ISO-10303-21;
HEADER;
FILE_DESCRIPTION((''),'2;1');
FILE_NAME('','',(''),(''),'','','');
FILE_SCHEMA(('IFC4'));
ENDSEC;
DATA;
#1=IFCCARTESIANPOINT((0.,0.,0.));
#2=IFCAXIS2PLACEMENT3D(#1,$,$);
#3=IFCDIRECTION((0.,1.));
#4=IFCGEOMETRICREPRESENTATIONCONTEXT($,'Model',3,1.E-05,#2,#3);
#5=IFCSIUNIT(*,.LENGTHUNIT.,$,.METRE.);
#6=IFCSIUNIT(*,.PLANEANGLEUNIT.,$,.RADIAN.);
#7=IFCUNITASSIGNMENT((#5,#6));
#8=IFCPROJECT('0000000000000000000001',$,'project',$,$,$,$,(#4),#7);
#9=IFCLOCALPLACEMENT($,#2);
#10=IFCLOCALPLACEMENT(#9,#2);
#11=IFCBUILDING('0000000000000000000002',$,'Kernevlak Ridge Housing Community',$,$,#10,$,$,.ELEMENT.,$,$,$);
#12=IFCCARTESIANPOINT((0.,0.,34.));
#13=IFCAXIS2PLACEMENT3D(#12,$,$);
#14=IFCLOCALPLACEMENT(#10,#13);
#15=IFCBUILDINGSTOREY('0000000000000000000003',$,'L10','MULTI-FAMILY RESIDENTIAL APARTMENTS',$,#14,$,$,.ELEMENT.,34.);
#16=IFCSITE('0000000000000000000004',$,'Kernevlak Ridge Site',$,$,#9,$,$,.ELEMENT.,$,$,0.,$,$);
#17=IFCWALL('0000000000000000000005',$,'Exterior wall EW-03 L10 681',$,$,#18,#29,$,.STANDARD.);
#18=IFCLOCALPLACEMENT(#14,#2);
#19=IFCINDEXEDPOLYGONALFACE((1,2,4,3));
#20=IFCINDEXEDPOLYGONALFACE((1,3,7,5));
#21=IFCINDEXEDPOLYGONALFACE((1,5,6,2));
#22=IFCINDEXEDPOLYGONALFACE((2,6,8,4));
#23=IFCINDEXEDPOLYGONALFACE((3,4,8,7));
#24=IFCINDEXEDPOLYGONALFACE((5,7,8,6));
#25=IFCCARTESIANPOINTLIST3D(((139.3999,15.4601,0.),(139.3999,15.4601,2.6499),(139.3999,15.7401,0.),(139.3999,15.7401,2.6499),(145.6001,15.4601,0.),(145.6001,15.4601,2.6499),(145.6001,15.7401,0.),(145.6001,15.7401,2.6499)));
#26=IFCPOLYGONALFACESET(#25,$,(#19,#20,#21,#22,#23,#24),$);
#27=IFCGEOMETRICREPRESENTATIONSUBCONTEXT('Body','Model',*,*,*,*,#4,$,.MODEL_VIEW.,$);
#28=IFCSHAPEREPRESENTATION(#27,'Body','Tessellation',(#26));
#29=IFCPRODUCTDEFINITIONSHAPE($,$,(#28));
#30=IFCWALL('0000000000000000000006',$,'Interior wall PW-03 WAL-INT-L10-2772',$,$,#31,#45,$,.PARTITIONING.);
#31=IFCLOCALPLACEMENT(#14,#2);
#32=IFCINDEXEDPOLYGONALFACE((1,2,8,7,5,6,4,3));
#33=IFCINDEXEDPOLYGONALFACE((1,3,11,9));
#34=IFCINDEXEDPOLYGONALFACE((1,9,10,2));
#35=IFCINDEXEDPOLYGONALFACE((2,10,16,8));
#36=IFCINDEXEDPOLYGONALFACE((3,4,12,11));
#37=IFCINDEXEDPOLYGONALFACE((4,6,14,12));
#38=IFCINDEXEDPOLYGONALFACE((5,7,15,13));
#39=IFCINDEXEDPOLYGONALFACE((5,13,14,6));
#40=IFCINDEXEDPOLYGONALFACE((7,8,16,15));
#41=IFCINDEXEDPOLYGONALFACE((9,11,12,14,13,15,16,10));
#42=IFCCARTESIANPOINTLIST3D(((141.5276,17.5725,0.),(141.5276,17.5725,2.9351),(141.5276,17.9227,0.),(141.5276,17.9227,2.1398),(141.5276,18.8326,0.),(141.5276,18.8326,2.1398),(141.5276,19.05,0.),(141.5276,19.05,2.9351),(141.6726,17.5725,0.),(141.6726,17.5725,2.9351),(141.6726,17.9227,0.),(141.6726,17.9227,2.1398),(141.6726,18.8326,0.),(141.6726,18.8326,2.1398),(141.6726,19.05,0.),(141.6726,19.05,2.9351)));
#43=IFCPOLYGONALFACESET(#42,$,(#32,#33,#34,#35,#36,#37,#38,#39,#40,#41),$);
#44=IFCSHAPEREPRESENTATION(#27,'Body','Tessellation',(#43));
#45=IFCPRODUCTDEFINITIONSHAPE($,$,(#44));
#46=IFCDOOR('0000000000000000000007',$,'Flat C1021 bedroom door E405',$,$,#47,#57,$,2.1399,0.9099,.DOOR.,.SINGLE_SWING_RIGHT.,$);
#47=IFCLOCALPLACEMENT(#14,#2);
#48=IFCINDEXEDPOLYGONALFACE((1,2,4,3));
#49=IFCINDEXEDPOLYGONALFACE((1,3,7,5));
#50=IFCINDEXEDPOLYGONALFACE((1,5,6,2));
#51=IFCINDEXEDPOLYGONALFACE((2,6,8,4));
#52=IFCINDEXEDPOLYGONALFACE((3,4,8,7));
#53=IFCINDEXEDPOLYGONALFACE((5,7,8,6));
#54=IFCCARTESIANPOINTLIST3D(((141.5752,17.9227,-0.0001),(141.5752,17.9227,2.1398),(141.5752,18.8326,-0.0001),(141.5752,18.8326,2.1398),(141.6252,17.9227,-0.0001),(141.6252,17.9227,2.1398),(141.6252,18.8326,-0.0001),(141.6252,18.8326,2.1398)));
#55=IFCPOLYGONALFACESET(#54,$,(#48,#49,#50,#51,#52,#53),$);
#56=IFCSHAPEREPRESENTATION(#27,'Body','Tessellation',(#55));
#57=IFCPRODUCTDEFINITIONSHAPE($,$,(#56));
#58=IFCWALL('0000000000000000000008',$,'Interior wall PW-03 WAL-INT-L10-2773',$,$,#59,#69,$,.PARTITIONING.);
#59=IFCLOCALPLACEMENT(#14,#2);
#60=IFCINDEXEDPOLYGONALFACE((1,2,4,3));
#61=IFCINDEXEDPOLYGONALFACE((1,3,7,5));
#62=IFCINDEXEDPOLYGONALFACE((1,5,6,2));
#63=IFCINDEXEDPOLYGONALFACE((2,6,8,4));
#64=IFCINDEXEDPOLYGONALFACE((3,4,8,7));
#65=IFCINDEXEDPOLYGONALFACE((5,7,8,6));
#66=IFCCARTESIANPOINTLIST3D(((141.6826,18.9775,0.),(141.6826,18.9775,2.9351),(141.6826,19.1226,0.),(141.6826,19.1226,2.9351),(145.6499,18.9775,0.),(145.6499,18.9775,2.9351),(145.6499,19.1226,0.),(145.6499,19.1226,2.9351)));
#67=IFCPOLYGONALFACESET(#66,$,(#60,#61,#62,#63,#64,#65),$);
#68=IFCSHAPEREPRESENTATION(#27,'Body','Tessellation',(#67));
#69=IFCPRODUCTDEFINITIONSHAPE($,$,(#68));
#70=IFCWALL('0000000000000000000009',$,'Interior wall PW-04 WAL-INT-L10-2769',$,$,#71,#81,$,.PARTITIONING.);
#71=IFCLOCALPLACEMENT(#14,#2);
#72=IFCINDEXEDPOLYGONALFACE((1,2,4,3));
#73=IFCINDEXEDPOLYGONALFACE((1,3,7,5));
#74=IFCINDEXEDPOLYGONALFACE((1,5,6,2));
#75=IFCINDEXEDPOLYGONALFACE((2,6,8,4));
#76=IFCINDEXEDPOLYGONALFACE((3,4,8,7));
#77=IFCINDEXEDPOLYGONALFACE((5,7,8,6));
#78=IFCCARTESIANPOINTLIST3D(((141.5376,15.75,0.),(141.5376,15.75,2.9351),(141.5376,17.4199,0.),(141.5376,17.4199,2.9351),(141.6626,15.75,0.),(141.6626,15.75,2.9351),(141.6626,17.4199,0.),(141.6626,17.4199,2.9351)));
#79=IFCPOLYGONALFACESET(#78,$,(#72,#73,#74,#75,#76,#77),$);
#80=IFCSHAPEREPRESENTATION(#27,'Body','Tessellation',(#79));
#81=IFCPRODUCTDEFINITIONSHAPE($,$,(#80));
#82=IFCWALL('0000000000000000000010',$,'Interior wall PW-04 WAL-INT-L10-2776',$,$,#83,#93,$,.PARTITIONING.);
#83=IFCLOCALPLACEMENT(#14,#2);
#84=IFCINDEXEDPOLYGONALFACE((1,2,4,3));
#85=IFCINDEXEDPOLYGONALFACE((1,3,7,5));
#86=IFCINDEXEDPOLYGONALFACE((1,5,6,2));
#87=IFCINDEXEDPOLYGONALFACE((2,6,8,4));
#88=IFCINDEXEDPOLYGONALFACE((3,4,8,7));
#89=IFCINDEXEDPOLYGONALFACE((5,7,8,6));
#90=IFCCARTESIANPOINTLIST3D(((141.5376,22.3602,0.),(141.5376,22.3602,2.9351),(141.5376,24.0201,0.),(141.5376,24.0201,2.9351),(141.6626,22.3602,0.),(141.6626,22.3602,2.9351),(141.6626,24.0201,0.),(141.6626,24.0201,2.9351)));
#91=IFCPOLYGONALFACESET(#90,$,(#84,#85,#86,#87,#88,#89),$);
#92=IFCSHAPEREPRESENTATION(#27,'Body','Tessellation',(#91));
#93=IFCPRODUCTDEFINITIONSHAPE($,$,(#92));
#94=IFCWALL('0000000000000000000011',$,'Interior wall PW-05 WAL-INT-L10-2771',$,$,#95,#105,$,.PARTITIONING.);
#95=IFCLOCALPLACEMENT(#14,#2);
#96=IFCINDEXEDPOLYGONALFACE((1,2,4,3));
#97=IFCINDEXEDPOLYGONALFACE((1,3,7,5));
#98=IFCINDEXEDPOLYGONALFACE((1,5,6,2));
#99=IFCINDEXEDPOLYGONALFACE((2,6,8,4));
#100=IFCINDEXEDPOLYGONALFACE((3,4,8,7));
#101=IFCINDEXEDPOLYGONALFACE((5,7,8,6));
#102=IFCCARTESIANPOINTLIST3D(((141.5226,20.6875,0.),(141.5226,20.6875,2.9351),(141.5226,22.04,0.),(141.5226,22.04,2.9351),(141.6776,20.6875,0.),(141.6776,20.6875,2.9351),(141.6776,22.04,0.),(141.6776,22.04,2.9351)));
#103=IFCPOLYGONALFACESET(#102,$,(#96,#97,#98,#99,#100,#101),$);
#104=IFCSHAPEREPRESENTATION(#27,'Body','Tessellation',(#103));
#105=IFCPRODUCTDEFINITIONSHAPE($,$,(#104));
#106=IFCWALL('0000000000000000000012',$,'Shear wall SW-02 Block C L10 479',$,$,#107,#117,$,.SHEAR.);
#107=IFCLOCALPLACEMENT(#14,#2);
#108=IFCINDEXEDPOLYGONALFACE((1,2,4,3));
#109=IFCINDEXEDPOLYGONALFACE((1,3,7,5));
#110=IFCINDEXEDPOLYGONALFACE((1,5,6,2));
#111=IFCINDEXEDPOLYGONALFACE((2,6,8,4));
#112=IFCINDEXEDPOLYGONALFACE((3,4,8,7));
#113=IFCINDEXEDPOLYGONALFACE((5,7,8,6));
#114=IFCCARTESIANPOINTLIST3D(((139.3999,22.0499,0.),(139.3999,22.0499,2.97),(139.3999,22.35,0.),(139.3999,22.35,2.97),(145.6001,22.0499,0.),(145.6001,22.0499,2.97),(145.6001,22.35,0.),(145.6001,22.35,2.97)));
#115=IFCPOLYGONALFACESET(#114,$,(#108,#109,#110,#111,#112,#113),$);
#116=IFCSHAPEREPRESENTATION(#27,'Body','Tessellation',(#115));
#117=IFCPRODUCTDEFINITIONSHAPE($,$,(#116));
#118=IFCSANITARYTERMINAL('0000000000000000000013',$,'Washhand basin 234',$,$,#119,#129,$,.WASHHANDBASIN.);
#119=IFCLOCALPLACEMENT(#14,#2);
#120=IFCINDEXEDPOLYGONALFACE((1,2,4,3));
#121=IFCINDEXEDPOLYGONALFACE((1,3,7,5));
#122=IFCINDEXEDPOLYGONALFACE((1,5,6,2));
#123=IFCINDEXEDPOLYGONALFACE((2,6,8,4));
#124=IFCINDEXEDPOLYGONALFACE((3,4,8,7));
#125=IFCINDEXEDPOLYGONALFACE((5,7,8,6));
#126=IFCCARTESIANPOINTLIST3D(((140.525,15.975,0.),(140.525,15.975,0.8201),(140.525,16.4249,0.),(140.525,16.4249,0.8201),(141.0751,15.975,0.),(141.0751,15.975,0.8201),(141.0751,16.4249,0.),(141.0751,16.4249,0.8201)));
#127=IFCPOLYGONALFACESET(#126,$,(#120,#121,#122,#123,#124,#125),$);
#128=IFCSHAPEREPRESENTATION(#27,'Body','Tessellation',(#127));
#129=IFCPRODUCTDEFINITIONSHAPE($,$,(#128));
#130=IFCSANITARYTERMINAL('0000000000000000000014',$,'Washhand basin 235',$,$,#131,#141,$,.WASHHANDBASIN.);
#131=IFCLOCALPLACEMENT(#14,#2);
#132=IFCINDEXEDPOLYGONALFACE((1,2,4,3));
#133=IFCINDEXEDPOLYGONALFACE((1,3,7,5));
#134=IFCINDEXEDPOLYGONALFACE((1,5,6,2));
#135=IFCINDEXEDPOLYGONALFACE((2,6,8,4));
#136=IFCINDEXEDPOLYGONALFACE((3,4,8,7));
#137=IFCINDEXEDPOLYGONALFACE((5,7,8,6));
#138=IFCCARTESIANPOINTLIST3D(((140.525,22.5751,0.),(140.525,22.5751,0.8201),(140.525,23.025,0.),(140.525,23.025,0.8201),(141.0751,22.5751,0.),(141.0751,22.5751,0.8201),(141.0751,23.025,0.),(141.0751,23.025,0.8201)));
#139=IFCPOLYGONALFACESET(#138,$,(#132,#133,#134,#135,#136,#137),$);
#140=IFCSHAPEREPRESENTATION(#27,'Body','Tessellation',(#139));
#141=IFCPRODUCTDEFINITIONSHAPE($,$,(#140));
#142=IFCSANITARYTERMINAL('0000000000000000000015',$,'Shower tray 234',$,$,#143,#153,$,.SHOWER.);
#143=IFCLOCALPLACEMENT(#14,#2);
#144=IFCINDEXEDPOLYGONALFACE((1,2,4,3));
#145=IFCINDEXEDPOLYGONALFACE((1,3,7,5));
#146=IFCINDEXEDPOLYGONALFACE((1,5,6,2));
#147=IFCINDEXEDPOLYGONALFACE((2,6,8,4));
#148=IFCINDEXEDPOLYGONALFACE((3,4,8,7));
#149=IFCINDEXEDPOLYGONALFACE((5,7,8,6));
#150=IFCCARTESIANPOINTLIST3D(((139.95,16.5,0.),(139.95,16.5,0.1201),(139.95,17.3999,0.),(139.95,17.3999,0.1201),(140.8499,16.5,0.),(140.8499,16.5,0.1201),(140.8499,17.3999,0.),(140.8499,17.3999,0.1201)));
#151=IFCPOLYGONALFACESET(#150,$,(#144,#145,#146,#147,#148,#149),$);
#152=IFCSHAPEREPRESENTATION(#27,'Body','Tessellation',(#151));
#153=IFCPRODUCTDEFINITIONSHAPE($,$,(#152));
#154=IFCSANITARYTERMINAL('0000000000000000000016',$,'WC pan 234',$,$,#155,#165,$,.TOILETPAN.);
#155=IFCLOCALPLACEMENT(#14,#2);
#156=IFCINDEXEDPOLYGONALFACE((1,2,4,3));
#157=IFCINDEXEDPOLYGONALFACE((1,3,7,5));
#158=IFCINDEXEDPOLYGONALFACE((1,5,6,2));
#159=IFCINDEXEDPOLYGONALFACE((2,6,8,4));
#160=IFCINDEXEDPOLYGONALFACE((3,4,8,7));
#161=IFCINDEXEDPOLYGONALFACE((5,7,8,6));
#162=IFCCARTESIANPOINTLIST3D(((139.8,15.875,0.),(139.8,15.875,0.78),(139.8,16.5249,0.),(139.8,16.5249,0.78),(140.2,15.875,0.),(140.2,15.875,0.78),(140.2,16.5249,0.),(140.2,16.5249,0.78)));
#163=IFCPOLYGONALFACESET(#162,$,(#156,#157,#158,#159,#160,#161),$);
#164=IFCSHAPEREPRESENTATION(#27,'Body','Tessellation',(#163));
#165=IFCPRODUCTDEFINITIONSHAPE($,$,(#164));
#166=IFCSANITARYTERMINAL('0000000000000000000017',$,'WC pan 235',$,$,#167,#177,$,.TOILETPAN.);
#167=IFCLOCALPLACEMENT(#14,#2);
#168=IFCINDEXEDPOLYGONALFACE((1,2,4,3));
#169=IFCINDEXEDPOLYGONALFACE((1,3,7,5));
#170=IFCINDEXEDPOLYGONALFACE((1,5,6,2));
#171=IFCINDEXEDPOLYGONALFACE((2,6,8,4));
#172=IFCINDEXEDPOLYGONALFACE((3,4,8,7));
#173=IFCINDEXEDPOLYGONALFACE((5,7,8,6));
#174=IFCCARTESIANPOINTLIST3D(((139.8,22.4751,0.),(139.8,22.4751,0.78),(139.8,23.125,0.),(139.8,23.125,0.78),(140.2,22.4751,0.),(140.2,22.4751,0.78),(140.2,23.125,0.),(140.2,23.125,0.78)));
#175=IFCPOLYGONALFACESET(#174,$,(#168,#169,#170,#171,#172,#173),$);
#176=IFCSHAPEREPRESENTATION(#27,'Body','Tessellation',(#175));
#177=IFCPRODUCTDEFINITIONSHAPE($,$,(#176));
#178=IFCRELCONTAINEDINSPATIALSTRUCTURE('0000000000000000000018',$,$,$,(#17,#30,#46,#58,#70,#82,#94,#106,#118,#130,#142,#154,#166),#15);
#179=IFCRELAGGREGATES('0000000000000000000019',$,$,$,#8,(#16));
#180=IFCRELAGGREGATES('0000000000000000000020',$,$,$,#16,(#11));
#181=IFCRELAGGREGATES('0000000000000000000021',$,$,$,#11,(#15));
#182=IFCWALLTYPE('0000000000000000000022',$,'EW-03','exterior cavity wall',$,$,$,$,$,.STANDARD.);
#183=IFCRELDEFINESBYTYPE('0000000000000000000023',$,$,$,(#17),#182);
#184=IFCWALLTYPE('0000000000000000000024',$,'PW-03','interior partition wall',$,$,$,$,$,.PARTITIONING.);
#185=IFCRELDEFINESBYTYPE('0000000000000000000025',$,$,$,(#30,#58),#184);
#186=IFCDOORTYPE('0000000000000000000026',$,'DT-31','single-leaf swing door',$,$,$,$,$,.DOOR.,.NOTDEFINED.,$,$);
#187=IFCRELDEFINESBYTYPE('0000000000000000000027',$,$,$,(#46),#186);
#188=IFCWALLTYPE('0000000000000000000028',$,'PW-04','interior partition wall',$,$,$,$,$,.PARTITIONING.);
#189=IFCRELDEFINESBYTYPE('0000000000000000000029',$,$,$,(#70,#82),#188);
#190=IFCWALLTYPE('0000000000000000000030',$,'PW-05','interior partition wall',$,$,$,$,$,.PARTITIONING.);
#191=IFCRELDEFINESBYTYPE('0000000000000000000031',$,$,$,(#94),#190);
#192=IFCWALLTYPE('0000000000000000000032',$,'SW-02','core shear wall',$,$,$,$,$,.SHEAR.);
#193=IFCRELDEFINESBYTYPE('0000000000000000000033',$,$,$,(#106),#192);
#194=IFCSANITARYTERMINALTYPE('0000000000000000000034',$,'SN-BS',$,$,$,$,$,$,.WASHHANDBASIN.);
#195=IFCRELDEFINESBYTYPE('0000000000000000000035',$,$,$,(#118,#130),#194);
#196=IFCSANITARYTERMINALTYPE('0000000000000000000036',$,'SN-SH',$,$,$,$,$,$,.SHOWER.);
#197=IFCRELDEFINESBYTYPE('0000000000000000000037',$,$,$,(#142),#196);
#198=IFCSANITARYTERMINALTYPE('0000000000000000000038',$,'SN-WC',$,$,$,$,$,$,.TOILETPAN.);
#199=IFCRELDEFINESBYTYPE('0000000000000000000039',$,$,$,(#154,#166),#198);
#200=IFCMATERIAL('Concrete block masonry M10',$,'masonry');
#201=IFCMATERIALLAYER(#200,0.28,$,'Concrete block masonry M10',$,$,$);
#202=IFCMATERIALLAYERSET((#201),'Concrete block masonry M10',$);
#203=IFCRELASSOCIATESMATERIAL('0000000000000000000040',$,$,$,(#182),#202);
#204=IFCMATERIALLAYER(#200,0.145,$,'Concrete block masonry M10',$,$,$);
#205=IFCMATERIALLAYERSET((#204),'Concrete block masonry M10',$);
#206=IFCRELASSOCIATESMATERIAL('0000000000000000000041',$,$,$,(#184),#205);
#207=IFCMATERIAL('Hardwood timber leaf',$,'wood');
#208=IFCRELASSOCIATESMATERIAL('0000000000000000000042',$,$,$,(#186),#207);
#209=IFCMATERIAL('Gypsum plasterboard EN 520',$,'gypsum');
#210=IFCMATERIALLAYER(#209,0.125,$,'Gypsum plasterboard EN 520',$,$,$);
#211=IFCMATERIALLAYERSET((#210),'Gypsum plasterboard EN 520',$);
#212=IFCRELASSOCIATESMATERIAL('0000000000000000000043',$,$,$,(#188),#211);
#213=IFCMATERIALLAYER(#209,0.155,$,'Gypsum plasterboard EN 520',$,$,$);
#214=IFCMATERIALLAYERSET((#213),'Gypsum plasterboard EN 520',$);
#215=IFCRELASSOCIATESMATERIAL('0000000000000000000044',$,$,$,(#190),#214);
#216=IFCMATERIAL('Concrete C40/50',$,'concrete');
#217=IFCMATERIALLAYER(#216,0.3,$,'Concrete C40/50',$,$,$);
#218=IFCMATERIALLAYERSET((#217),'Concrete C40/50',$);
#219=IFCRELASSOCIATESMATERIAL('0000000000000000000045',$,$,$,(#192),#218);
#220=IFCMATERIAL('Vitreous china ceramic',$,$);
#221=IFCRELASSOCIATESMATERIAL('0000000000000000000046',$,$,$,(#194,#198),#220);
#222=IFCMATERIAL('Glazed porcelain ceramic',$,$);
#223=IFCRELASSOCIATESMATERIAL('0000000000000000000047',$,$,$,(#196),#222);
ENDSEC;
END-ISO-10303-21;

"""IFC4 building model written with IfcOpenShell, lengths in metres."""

from ifc_helpers import new_model, si_unit, direction, frame, frame_2d, origin, origin_2d, place, context, subcontext, project, spatial, rectangle, extrude, material, layer, layer_set, type_object, element, fill, save


model = new_model("IFC4")

# Units and contexts
model_context = context("Model", 3, precision=1e-05, world=origin(), true_north=direction((0.0, 1.0)))
body_context = subcontext(model_context, "Body", "Model", "MODEL_VIEW")
ifc_project = project(units=[si_unit("LENGTHUNIT", "METRE"), si_unit("PLANEANGLEUNIT", "RADIAN")], contexts=[model_context])

# Site, building, storey
site_placement = place(None, origin())
site = spatial("IfcSite", under=ifc_project, at=site_placement, Name="Kernevlak Ridge Site", CompositionType="ELEMENT", RefElevation=0.0)
building_placement = place(site_placement, origin())
building = spatial("IfcBuilding", under=site, at=building_placement, Name="Kernevlak Ridge Housing Community", CompositionType="ELEMENT")
storey_placement = place(building_placement, frame((0.0, 0.0, 34.0)))
storey = spatial("IfcBuildingStorey", under=building, at=storey_placement, Name="L10", Description="MULTI-FAMILY RESIDENTIAL APARTMENTS", CompositionType="ELEMENT", Elevation=34.0)

# Shared definitions
ifc_material_1 = material(Name="Concrete block masonry M10", Category="masonry")
ifc_layer_1 = layer(ifc_material_1, 0.28, Name="Concrete block masonry M10")
ifc_layer_set_1 = layer_set([ifc_layer_1], Name="Concrete block masonry M10")
wall_type_1 = type_object("IfcWallType", Name="EW-03", Description="exterior cavity wall", PredefinedType="STANDARD", material=ifc_layer_set_1)

# Wall
wall_1_placement = place(storey_placement, frame((139.3999, 15.6001, 0.0), z_axis=(0.0, 0.0, 1.0), x_axis=(1.0, 0.0, 0.0)))
element("IfcWall", 1, at=wall_1_placement, inside=storey, type_object=wall_type_1, Name="Exterior wall EW-03 L10 681", PredefinedType="STANDARD", context=body_context, shape_type="SweptSolid", body=[
    extrude(rectangle(XDim=6.2002, YDim=0.28, at=frame_2d((3.1001, 0.0))), origin(), (0.0, 0.0, 1.0), 2.6499),
])

# Wall, opening, door
ifc_layer_2 = layer(ifc_material_1, 0.145, Name="Concrete block masonry M10")
ifc_layer_set_2 = layer_set([ifc_layer_2], Name="Concrete block masonry M10")
wall_type_2 = type_object("IfcWallType", Name="PW-03", Description="interior partition wall", PredefinedType="PARTITIONING", material=ifc_layer_set_2)
wall_2_placement = place(storey_placement, frame((141.6001, 17.5725, 0.0), z_axis=(0.0, 0.0, 1.0), x_axis=(0.0, 1.0, 0.0)))
wall_2 = element("IfcWall", 2, at=wall_2_placement, inside=storey, type_object=wall_type_2, Name="Interior wall PW-03 WAL-INT-L10-2772", PredefinedType="PARTITIONING", context=body_context, shape_type="SweptSolid", body=[
    extrude(rectangle(XDim=1.4775, YDim=0.145, at=frame_2d((0.7388, 0.0))), origin(), (0.0, 0.0, 1.0), 2.9351),
])
opening_1_placement = place(wall_2_placement, frame((0.3501, 0.0, 0.0)))
opening_1 = element("IfcOpeningElement", 3, at=opening_1_placement, cuts=wall_2, PredefinedType="OPENING", context=body_context, shape_type="SweptSolid", body=[
    extrude(rectangle(XDim=0.9099, YDim=2.1399, at=frame_2d((0.4551, 1.0698))), frame((0.0, 0.0825, 0.0), z_axis=(0.0, -1.0, 0.0), x_axis=(1.0, 0.0, 0.0)), (0.0, 0.0, 1.0), 0.165),
])
ifc_material_2 = material(Name="Hardwood timber leaf", Category="wood")
door_type = type_object("IfcDoorType", Name="DT-31", Description="single-leaf swing door", OperationType="NOTDEFINED", PredefinedType="DOOR", material=ifc_material_2)
door_placement = place(opening_1_placement, origin())
door = element("IfcDoor", 4, at=door_placement, inside=storey, type_object=door_type, Name="Flat C1021 bedroom door E405", OperationType="SINGLE_SWING_RIGHT", OverallHeight=2.1399, OverallWidth=0.9099, PredefinedType="DOOR", context=body_context, shape_type="SweptSolid", body=[
    extrude(rectangle(XDim=0.9099, YDim=2.1399, at=frame_2d((0.4551, 1.0698))), frame((0.0, 0.0249, 0.0), z_axis=(0.0, -1.0, 0.0), x_axis=(1.0, 0.0, 0.0)), (0.0, 0.0, 1.0), 0.05),
])
fill(opening_1, door)

# Walls
wall_3_placement = place(storey_placement, frame((141.6826, 19.05, 0.0), z_axis=(0.0, 0.0, 1.0), x_axis=(1.0, 0.0, 0.0)))
element("IfcWall", 5, at=wall_3_placement, inside=storey, type_object=wall_type_2, Name="Interior wall PW-03 WAL-INT-L10-2773", PredefinedType="PARTITIONING", context=body_context, shape_type="SweptSolid", body=[
    extrude(rectangle(XDim=3.9673, YDim=0.145, at=frame_2d((1.9836, 0.0))), origin(), (0.0, 0.0, 1.0), 2.9351),
])
ifc_material_3 = material(Name="Gypsum plasterboard EN 520", Category="gypsum")
ifc_layer_3 = layer(ifc_material_3, 0.125, Name="Gypsum plasterboard EN 520")
ifc_layer_set_3 = layer_set([ifc_layer_3], Name="Gypsum plasterboard EN 520")
wall_type_3 = type_object("IfcWallType", Name="PW-04", Description="interior partition wall", PredefinedType="PARTITIONING", material=ifc_layer_set_3)
wall_4_placement = place(storey_placement, frame((141.6001, 15.75, 0.0), z_axis=(0.0, 0.0, 1.0), x_axis=(0.0, 1.0, 0.0)))
element("IfcWall", 6, at=wall_4_placement, inside=storey, type_object=wall_type_3, Name="Interior wall PW-04 WAL-INT-L10-2769", PredefinedType="PARTITIONING", context=body_context, shape_type="SweptSolid", body=[
    extrude(rectangle(XDim=1.6699, YDim=0.125, at=frame_2d((0.835, 0.0))), origin(), (0.0, 0.0, 1.0), 2.9351),
])
wall_5_placement = place(storey_placement, frame((141.6001, 22.3601, 0.0), z_axis=(0.0, 0.0, 1.0), x_axis=(0.0, 1.0, 0.0)))
element("IfcWall", 7, at=wall_5_placement, inside=storey, type_object=wall_type_3, Name="Interior wall PW-04 WAL-INT-L10-2776", PredefinedType="PARTITIONING", context=body_context, shape_type="SweptSolid", body=[
    extrude(rectangle(XDim=1.6599, YDim=0.125, at=frame_2d((0.8301, 0.0))), origin(), (0.0, 0.0, 1.0), 2.9351),
])
ifc_layer_4 = layer(ifc_material_3, 0.155, Name="Gypsum plasterboard EN 520")
ifc_layer_set_4 = layer_set([ifc_layer_4], Name="Gypsum plasterboard EN 520")
wall_type_4 = type_object("IfcWallType", Name="PW-05", Description="interior partition wall", PredefinedType="PARTITIONING", material=ifc_layer_set_4)
wall_6_placement = place(storey_placement, frame((141.6001, 20.6875, 0.0), z_axis=(0.0, 0.0, 1.0), x_axis=(0.0, 1.0, 0.0)))
element("IfcWall", 8, at=wall_6_placement, inside=storey, type_object=wall_type_4, Name="Interior wall PW-05 WAL-INT-L10-2771", PredefinedType="PARTITIONING", context=body_context, shape_type="SweptSolid", body=[
    extrude(rectangle(XDim=1.3525, YDim=0.155, at=frame_2d((0.6763, 0.0))), origin(), (0.0, 0.0, 1.0), 2.9351),
])
ifc_material_4 = material(Name="Concrete C40/50", Category="concrete")
ifc_layer_5 = layer(ifc_material_4, 0.3, Name="Concrete C40/50")
ifc_layer_set_5 = layer_set([ifc_layer_5], Name="Concrete C40/50")
wall_type_5 = type_object("IfcWallType", Name="SW-02", Description="core shear wall", PredefinedType="SHEAR", material=ifc_layer_set_5)
wall_7_placement = place(storey_placement, frame((139.3999, 22.2, 0.0), z_axis=(0.0, 0.0, 1.0), x_axis=(1.0, 0.0, 0.0)))
element("IfcWall", 9, at=wall_7_placement, inside=storey, type_object=wall_type_5, Name="Shear wall SW-02 Block C L10 479", PredefinedType="SHEAR", context=body_context, shape_type="SweptSolid", body=[
    extrude(rectangle(XDim=6.2002, YDim=0.3, at=frame_2d((3.1001, 0.0))), origin(), (0.0, 0.0, 1.0), 2.97),
])

# Sanitary terminals
ifc_material_5 = material(Name="Vitreous china ceramic")
sanitary_terminal_type_1 = type_object("IfcSanitaryTerminalType", Name="SN-BS", PredefinedType="WASHHANDBASIN", material=ifc_material_5)
for number, where, z_axis, x_axis, name in (
    (10, (140.8, 16.2, 0.0), (0.0, 0.0, 1.0), (1.0, 0.0, 0.0), "Washhand basin 234"),
    (11, (140.8, 22.8, 0.0), (0.0, 0.0, 1.0), (1.0, 0.0, 0.0), "Washhand basin 235"),
):
    element("IfcSanitaryTerminal", number, at=place(storey_placement, frame(where, z_axis=z_axis, x_axis=x_axis)), inside=storey, type_object=sanitary_terminal_type_1, Name=name, PredefinedType="WASHHANDBASIN", context=body_context, shape_type="SweptSolid", body=[
        extrude(rectangle(XDim=0.55, YDim=0.45, at=origin_2d()), origin(), (0.0, 0.0, 1.0), 0.8201),
    ])
ifc_material_6 = material(Name="Glazed porcelain ceramic")
sanitary_terminal_type_2 = type_object("IfcSanitaryTerminalType", Name="SN-SH", PredefinedType="SHOWER", material=ifc_material_6)
sanitary_terminal_placement = place(storey_placement, frame((140.3999, 16.95, 0.0), z_axis=(0.0, 0.0, 1.0), x_axis=(1.0, 0.0, 0.0)))
element("IfcSanitaryTerminal", 12, at=sanitary_terminal_placement, inside=storey, type_object=sanitary_terminal_type_2, Name="Shower tray 234", PredefinedType="SHOWER", context=body_context, shape_type="SweptSolid", body=[
    extrude(rectangle(XDim=0.8999, YDim=0.8999, at=origin_2d()), origin(), (0.0, 0.0, 1.0), 0.1201),
])
sanitary_terminal_type_3 = type_object("IfcSanitaryTerminalType", Name="SN-WC", PredefinedType="TOILETPAN", material=ifc_material_5)
for number, where, z_axis, x_axis, name in (
    (13, (140.0, 16.2, 0.0), (0.0, 0.0, 1.0), (1.0, 0.0, 0.0), "WC pan 234"),
    (14, (140.0, 22.8, 0.0), (0.0, 0.0, 1.0), (1.0, 0.0, 0.0), "WC pan 235"),
):
    element("IfcSanitaryTerminal", number, at=place(storey_placement, frame(where, z_axis=z_axis, x_axis=x_axis)), inside=storey, type_object=sanitary_terminal_type_3, Name=name, PredefinedType="TOILETPAN", context=body_context, shape_type="SweptSolid", body=[
        extrude(rectangle(XDim=0.3999, YDim=0.6499, at=origin_2d()), origin(), (0.0, 0.0, 1.0), 0.78),
    ])

save(model, "model.ifc")
